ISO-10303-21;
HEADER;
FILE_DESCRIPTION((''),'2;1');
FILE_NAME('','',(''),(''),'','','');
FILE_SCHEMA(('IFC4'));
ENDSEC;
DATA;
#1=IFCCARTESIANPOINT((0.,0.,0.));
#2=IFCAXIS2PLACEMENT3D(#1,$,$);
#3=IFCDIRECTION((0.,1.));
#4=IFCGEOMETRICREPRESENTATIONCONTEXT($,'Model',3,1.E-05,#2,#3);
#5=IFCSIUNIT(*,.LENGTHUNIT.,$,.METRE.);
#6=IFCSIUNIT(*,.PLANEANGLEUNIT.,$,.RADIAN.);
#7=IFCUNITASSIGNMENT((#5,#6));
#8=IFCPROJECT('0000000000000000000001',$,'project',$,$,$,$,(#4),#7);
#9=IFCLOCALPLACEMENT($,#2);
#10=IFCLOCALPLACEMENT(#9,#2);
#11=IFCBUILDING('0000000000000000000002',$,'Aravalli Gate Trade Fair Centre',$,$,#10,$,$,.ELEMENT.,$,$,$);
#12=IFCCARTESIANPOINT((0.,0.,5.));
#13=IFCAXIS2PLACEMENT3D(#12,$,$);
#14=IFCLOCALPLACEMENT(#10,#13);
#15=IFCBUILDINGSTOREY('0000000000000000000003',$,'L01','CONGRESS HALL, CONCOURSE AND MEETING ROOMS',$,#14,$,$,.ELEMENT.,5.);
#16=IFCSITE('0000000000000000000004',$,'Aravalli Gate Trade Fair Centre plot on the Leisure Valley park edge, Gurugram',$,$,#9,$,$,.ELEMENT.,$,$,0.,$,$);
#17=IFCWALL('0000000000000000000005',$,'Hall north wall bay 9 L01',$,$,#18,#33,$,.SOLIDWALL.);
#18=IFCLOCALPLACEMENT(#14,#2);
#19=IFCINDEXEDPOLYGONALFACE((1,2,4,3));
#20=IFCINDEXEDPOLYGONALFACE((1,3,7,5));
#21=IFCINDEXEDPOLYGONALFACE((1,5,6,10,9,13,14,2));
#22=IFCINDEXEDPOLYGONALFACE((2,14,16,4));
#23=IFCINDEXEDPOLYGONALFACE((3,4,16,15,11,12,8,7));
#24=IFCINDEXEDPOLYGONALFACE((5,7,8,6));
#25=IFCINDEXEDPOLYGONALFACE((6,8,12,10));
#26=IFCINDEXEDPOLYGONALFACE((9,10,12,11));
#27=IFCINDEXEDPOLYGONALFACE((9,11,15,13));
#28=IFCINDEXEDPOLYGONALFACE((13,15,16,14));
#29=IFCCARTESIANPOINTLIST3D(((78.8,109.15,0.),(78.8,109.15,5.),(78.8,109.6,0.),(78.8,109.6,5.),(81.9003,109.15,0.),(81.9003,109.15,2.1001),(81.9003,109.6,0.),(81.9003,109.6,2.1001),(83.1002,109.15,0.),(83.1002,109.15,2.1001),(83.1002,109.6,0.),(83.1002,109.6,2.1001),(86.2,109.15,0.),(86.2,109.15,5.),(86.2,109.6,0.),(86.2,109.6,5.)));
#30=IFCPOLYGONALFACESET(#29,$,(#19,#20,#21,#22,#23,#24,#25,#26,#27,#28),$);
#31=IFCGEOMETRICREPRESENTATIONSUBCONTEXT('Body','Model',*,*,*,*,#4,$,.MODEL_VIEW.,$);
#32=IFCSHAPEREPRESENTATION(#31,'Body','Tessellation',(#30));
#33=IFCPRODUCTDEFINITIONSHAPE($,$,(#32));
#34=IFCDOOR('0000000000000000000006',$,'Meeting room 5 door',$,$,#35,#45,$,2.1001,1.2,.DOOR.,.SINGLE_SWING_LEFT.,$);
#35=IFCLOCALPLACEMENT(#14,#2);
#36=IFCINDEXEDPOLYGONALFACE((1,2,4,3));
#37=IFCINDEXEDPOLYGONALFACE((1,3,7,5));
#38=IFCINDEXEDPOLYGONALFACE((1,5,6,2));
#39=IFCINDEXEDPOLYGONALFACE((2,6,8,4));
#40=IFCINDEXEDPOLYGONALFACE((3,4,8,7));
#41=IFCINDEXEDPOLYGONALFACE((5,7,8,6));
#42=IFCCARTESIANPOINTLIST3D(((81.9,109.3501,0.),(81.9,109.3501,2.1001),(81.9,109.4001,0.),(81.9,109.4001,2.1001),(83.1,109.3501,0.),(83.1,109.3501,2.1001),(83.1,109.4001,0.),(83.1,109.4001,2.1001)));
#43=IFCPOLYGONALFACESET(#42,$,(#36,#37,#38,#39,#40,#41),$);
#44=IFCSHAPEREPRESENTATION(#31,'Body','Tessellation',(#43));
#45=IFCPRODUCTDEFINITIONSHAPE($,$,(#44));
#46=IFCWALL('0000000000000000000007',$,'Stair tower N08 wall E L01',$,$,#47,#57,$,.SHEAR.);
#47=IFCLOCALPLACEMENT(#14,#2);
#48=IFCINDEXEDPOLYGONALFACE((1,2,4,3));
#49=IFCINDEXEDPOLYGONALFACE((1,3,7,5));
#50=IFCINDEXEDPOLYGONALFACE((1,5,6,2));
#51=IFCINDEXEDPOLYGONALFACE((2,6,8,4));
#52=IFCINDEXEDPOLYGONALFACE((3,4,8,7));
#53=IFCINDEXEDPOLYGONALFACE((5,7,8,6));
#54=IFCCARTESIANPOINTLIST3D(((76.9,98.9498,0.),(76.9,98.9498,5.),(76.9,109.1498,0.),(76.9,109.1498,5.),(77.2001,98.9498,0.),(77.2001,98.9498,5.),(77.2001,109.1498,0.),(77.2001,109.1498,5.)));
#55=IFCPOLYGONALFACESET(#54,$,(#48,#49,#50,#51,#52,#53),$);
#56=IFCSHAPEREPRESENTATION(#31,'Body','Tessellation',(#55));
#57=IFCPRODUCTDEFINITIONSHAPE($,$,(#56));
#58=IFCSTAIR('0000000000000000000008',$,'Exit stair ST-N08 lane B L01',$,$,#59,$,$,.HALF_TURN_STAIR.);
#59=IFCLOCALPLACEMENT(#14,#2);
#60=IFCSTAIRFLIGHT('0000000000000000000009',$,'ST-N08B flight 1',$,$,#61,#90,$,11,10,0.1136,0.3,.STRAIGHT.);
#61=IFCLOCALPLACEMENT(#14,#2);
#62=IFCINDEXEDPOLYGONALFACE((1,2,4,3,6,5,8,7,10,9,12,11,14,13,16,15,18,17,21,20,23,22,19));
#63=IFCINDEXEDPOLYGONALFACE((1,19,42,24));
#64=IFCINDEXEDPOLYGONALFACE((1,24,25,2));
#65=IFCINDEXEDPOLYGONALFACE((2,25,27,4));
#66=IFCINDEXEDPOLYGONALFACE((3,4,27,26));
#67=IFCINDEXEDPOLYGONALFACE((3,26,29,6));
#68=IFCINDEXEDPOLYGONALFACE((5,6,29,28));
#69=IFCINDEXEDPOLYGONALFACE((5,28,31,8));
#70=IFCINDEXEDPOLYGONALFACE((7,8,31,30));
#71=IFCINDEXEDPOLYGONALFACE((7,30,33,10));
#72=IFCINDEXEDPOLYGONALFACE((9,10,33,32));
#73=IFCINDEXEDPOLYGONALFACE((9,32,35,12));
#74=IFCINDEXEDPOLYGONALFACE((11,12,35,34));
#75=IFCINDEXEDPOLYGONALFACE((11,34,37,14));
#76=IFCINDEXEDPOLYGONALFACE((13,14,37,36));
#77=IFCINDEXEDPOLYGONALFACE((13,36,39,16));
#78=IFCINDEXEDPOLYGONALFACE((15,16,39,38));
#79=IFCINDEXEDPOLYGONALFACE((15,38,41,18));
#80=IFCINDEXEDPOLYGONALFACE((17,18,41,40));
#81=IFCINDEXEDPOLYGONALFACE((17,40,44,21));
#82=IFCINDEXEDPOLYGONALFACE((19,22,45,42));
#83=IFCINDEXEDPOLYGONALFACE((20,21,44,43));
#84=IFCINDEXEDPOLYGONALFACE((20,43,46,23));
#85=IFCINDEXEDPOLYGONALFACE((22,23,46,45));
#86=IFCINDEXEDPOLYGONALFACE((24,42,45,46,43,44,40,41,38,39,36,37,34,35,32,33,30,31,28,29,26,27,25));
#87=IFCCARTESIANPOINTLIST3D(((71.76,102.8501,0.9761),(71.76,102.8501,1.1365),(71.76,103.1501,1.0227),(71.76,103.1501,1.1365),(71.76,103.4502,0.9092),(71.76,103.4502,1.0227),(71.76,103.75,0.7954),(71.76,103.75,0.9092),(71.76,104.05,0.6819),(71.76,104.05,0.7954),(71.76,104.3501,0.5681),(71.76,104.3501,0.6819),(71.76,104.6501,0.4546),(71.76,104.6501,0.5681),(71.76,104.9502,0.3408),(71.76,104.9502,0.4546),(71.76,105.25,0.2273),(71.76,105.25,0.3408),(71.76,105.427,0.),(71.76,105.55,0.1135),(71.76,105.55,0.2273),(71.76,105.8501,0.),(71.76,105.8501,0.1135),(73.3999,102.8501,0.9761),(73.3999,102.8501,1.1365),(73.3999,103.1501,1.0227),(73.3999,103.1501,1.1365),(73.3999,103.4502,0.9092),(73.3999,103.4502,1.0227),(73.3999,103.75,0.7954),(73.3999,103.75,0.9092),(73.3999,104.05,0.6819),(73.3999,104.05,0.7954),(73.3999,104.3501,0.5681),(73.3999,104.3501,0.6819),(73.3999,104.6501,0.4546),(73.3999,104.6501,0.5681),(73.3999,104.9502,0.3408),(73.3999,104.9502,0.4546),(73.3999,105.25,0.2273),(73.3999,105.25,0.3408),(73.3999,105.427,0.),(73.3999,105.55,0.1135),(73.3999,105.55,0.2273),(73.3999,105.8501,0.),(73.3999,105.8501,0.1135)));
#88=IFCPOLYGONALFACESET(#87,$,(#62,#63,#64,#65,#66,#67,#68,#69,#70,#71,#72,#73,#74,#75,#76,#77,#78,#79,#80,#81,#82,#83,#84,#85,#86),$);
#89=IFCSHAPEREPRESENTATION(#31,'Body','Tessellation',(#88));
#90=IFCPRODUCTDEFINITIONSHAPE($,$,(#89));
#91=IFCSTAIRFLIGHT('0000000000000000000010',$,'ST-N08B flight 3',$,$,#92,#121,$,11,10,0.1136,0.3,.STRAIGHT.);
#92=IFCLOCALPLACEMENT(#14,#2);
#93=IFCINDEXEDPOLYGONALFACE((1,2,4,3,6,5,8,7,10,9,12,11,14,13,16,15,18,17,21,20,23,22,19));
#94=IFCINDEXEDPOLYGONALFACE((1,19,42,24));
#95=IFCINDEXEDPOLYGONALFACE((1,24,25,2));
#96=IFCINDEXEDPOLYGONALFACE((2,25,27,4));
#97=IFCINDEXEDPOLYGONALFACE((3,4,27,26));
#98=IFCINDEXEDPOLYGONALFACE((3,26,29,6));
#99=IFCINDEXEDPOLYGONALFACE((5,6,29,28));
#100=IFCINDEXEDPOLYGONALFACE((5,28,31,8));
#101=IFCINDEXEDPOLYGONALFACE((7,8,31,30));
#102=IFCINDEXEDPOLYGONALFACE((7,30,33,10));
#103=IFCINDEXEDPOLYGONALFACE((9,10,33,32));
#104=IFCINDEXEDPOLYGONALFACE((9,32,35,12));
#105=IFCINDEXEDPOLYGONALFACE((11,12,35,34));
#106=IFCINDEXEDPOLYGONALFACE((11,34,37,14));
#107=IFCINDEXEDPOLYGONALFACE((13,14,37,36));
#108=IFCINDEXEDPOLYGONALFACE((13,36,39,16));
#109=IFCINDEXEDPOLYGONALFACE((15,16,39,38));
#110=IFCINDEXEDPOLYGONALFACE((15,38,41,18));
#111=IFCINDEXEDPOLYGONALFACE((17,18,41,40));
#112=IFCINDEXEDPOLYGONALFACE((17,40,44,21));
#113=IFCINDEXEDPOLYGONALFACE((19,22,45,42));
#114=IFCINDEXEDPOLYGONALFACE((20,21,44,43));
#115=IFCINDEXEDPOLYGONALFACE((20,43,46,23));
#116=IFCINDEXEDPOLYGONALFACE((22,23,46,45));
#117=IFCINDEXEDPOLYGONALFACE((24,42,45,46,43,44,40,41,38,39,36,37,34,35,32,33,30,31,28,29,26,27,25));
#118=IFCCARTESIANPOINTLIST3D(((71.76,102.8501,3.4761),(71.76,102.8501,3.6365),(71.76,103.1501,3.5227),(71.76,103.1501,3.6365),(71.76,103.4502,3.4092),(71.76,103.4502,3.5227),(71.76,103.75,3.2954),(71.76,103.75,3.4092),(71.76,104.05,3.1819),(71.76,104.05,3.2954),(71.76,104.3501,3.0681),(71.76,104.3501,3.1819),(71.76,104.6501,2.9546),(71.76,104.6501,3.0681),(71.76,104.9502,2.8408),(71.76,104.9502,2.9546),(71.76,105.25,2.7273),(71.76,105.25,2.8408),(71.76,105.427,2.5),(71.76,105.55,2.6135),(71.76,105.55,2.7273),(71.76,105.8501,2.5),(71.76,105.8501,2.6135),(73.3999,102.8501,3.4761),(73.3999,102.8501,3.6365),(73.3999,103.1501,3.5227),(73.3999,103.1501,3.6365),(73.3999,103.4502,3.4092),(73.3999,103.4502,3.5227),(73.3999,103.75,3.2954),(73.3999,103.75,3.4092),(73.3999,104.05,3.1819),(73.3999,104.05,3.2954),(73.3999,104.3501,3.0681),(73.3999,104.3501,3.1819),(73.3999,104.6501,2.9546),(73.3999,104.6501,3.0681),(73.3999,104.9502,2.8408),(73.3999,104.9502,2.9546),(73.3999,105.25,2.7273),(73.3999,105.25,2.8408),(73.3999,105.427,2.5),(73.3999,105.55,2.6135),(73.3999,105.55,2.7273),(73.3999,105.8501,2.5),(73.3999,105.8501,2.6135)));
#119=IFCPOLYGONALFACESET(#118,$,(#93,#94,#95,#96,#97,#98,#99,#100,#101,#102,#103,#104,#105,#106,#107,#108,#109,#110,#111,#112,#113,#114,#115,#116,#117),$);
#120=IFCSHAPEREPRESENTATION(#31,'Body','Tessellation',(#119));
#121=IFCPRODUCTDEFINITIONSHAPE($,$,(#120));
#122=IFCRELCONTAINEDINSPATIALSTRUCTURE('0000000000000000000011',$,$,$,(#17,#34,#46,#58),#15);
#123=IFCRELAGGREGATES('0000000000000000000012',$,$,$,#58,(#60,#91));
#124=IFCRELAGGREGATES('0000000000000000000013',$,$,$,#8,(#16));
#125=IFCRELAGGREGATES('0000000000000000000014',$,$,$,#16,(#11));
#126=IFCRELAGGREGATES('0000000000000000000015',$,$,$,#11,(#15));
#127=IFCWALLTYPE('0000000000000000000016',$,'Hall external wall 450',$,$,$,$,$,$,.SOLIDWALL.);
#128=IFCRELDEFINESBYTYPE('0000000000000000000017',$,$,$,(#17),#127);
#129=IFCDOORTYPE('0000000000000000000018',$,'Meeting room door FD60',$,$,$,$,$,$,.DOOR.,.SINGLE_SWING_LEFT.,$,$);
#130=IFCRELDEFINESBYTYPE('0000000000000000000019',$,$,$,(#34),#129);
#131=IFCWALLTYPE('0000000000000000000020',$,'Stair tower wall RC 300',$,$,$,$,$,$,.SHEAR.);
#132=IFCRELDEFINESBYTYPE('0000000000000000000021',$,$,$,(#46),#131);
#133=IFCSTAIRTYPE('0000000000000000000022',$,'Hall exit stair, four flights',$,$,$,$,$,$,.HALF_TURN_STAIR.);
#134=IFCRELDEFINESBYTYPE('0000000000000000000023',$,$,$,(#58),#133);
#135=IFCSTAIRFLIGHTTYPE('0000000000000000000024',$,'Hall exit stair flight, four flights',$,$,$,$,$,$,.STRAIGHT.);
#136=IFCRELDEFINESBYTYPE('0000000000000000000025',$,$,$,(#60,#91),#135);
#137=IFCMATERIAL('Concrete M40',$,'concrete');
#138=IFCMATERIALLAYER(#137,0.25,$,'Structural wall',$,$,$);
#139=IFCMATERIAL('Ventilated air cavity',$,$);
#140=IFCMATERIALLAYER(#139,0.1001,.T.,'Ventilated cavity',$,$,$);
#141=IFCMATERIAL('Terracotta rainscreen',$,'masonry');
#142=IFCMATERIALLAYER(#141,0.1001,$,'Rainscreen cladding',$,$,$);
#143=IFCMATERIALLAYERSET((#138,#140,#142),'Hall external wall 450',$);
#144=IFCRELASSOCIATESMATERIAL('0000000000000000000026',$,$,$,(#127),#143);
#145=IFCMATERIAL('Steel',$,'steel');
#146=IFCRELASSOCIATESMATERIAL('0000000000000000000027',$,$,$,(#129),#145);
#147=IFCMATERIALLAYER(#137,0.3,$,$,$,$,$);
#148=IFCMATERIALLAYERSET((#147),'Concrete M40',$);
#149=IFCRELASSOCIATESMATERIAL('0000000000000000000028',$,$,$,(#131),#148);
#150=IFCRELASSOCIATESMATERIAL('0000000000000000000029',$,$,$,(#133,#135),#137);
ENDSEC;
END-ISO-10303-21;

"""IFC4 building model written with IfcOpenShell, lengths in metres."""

from ifc_helpers import new_model, si_unit, direction, frame, frame_2d, origin, place, context, subcontext, project, spatial, polyline, rectangle, outline, extrude, material, layer, layer_set, type_object, element, fill, aggregate, save


model = new_model("IFC4")

# Units and contexts
model_context = context("Model", 3, precision=1e-05, world=origin(), true_north=direction((0.0, 1.0)))
body_context = subcontext(model_context, "Body", "Model", "MODEL_VIEW")
ifc_project = project(units=[si_unit("LENGTHUNIT", "METRE"), si_unit("PLANEANGLEUNIT", "RADIAN")], contexts=[model_context])

# Site, building, storey
site_placement = place(None, origin())
site = spatial("IfcSite", under=ifc_project, at=site_placement, Name="Aravalli Gate Trade Fair Centre plot on the Leisure Valley park edge, Gurugram", CompositionType="ELEMENT", RefElevation=0.0)
building_placement = place(site_placement, origin())
building = spatial("IfcBuilding", under=site, at=building_placement, Name="Aravalli Gate Trade Fair Centre", CompositionType="ELEMENT")
storey_placement = place(building_placement, frame((0.0, 0.0, 5.0)))
storey = spatial("IfcBuildingStorey", under=building, at=storey_placement, Name="L01", Description="CONGRESS HALL, CONCOURSE AND MEETING ROOMS", CompositionType="ELEMENT", Elevation=5.0)

# Wall, opening, door
ifc_material_1 = material(Name="Concrete M40", Category="concrete")
ifc_layer_1 = layer(ifc_material_1, 0.25, Name="Structural wall")
ifc_material_2 = material(Name="Ventilated air cavity")
ifc_layer_2 = layer(ifc_material_2, 0.1001, ventilated=True, Name="Ventilated cavity")
ifc_material_3 = material(Name="Terracotta rainscreen", Category="masonry")
ifc_layer_3 = layer(ifc_material_3, 0.1001, Name="Rainscreen cladding")
ifc_layer_set_1 = layer_set([ifc_layer_1, ifc_layer_2, ifc_layer_3], Name="Hall external wall 450")
wall_type_1 = type_object("IfcWallType", Name="Hall external wall 450", PredefinedType="SOLIDWALL", material=ifc_layer_set_1)
wall_1_placement = place(storey_placement, frame((78.8, 109.375, 0.0), z_axis=(0.0, 0.0, 1.0), x_axis=(1.0, 0.0, 0.0)))
wall_1 = element("IfcWall", 1, at=wall_1_placement, inside=storey, type_object=wall_type_1, Name="Hall north wall bay 9 L01", PredefinedType="SOLIDWALL", context=body_context, shape_type="SweptSolid", body=[
    extrude(rectangle(XDim=7.3999, YDim=0.45, at=frame_2d((3.7, 0.0))), origin(), (0.0, 0.0, 1.0), 5.0),
])
opening_placement = place(wall_1_placement, frame((3.1001, 0.0, 0.0)))
opening = element("IfcOpeningElement", 2, at=opening_placement, cuts=wall_1, PredefinedType="OPENING", context=body_context, shape_type="SweptSolid", body=[
    extrude(rectangle(XDim=1.2, YDim=2.1001, at=frame_2d((0.6001, 1.05))), frame((0.0, 0.2349, 0.0), z_axis=(0.0, -1.0, 0.0), x_axis=(1.0, 0.0, 0.0)), (0.0, 0.0, 1.0), 0.47),
])
ifc_material_4 = material(Name="Steel", Category="steel")
door_type = type_object("IfcDoorType", Name="Meeting room door FD60", OperationType="SINGLE_SWING_LEFT", PredefinedType="DOOR", material=ifc_material_4)
door_placement = place(opening_placement, frame((1.2, 0.0, 0.0), z_axis=(0.0, 0.0, 1.0), x_axis=(-1.0, 0.0, 0.0)))
door = element("IfcDoor", 3, at=door_placement, inside=storey, type_object=door_type, Name="Meeting room 5 door", OperationType="SINGLE_SWING_LEFT", OverallHeight=2.1001, OverallWidth=1.2, PredefinedType="DOOR", context=body_context, shape_type="SweptSolid", body=[
    extrude(rectangle(XDim=1.2, YDim=2.1001, at=frame_2d((0.6001, 1.05))), frame((0.0, 0.0249, 0.0), z_axis=(0.0, -1.0, 0.0), x_axis=(1.0, 0.0, 0.0)), (0.0, 0.0, 1.0), 0.05),
])
fill(opening, door)

# Wall
ifc_layer_4 = layer(ifc_material_1, 0.3)
ifc_layer_set_2 = layer_set([ifc_layer_4], Name="Concrete M40")
wall_type_2 = type_object("IfcWallType", Name="Stair tower wall RC 300", PredefinedType="SHEAR", material=ifc_layer_set_2)
wall_2_placement = place(storey_placement, frame((77.05, 109.1499, 0.0), z_axis=(0.0, 0.0, 1.0), x_axis=(0.0, -1.0, 0.0)))
element("IfcWall", 4, at=wall_2_placement, inside=storey, type_object=wall_type_2, Name="Stair tower N08 wall E L01", PredefinedType="SHEAR", context=body_context, shape_type="SweptSolid", body=[
    extrude(rectangle(XDim=10.2, YDim=0.3, at=frame_2d((5.1001, 0.0))), origin(), (0.0, 0.0, 1.0), 5.0),
])

# Stair, stair flights
stair_type = type_object("IfcStairType", Name="Hall exit stair, four flights", PredefinedType="HALF_TURN_STAIR", material=ifc_material_1)
stair_placement = place(storey_placement, origin())
stair = element("IfcStair", 5, at=stair_placement, inside=storey, type_object=stair_type, Name="Exit stair ST-N08 lane B L01", PredefinedType="HALF_TURN_STAIR")
stair_flight_type = type_object("IfcStairFlightType", Name="Hall exit stair flight, four flights", PredefinedType="STRAIGHT", material=ifc_material_1)
stair_flight_1_placement = place(storey_placement, frame((72.5801, 105.8501, 0.0), z_axis=(0.0, 0.0, 1.0), x_axis=(0.0, -1.0, 0.0)))
stair_flight_1 = element("IfcStairFlight", 6, at=stair_flight_1_placement, type_object=stair_flight_type, Name="ST-N08B flight 1", NumberOfRisers=11, NumberOfTreads=10, PredefinedType="STRAIGHT", RiserHeight=0.1136, TreadLength=0.3, context=body_context, shape_type="SweptSolid", body=[
    extrude(outline(polyline([(0.0, 0.0), (0.0, 0.1135), (0.3, 0.1135), (0.3, 0.2273), (0.6001, 0.2273), (0.6001, 0.3408), (0.8999, 0.3408), (0.8999, 0.4546), (1.2, 0.4546), (1.2, 0.5681), (1.5, 0.5681), (1.5, 0.6819), (1.8, 0.6819), (1.8, 0.7954), (2.1001, 0.7954), (2.1001, 0.9092), (2.3999, 0.9092), (2.3999, 1.0227), (2.7, 1.0227), (2.7, 1.1365), (3.0, 1.1365), (3.0, 1.25), (3.0, 0.9761), (0.4231, 0.0), (0.0, 0.0)])), frame((0.0, 0.8198, 0.0), z_axis=(0.0, -1.0, 0.0), x_axis=(1.0, 0.0, 0.0)), (0.0, 0.0, 1.0), 1.6399),
])
stair_flight_2_placement = place(storey_placement, frame((72.5801, 105.8501, 2.5), z_axis=(0.0, 0.0, 1.0), x_axis=(0.0, -1.0, 0.0)))
stair_flight_2 = element("IfcStairFlight", 7, at=stair_flight_2_placement, type_object=stair_flight_type, Name="ST-N08B flight 3", NumberOfRisers=11, NumberOfTreads=10, PredefinedType="STRAIGHT", RiserHeight=0.1136, TreadLength=0.3, context=body_context, shape_type="SweptSolid", body=[
    extrude(outline(polyline([(0.0, 0.0), (0.0, 0.1135), (0.3, 0.1135), (0.3, 0.2273), (0.6001, 0.2273), (0.6001, 0.3408), (0.8999, 0.3408), (0.8999, 0.4546), (1.2, 0.4546), (1.2, 0.5681), (1.5, 0.5681), (1.5, 0.6819), (1.8, 0.6819), (1.8, 0.7954), (2.1001, 0.7954), (2.1001, 0.9092), (2.3999, 0.9092), (2.3999, 1.0227), (2.7, 1.0227), (2.7, 1.1365), (3.0, 1.1365), (3.0, 1.25), (3.0, 0.9761), (0.4231, 0.0), (0.0, 0.0)])), frame((0.0, 0.8198, 0.0), z_axis=(0.0, -1.0, 0.0), x_axis=(1.0, 0.0, 0.0)), (0.0, 0.0, 1.0), 1.6399),
])
aggregate(stair, [stair_flight_1, stair_flight_2])

save(model, "model.ifc")
